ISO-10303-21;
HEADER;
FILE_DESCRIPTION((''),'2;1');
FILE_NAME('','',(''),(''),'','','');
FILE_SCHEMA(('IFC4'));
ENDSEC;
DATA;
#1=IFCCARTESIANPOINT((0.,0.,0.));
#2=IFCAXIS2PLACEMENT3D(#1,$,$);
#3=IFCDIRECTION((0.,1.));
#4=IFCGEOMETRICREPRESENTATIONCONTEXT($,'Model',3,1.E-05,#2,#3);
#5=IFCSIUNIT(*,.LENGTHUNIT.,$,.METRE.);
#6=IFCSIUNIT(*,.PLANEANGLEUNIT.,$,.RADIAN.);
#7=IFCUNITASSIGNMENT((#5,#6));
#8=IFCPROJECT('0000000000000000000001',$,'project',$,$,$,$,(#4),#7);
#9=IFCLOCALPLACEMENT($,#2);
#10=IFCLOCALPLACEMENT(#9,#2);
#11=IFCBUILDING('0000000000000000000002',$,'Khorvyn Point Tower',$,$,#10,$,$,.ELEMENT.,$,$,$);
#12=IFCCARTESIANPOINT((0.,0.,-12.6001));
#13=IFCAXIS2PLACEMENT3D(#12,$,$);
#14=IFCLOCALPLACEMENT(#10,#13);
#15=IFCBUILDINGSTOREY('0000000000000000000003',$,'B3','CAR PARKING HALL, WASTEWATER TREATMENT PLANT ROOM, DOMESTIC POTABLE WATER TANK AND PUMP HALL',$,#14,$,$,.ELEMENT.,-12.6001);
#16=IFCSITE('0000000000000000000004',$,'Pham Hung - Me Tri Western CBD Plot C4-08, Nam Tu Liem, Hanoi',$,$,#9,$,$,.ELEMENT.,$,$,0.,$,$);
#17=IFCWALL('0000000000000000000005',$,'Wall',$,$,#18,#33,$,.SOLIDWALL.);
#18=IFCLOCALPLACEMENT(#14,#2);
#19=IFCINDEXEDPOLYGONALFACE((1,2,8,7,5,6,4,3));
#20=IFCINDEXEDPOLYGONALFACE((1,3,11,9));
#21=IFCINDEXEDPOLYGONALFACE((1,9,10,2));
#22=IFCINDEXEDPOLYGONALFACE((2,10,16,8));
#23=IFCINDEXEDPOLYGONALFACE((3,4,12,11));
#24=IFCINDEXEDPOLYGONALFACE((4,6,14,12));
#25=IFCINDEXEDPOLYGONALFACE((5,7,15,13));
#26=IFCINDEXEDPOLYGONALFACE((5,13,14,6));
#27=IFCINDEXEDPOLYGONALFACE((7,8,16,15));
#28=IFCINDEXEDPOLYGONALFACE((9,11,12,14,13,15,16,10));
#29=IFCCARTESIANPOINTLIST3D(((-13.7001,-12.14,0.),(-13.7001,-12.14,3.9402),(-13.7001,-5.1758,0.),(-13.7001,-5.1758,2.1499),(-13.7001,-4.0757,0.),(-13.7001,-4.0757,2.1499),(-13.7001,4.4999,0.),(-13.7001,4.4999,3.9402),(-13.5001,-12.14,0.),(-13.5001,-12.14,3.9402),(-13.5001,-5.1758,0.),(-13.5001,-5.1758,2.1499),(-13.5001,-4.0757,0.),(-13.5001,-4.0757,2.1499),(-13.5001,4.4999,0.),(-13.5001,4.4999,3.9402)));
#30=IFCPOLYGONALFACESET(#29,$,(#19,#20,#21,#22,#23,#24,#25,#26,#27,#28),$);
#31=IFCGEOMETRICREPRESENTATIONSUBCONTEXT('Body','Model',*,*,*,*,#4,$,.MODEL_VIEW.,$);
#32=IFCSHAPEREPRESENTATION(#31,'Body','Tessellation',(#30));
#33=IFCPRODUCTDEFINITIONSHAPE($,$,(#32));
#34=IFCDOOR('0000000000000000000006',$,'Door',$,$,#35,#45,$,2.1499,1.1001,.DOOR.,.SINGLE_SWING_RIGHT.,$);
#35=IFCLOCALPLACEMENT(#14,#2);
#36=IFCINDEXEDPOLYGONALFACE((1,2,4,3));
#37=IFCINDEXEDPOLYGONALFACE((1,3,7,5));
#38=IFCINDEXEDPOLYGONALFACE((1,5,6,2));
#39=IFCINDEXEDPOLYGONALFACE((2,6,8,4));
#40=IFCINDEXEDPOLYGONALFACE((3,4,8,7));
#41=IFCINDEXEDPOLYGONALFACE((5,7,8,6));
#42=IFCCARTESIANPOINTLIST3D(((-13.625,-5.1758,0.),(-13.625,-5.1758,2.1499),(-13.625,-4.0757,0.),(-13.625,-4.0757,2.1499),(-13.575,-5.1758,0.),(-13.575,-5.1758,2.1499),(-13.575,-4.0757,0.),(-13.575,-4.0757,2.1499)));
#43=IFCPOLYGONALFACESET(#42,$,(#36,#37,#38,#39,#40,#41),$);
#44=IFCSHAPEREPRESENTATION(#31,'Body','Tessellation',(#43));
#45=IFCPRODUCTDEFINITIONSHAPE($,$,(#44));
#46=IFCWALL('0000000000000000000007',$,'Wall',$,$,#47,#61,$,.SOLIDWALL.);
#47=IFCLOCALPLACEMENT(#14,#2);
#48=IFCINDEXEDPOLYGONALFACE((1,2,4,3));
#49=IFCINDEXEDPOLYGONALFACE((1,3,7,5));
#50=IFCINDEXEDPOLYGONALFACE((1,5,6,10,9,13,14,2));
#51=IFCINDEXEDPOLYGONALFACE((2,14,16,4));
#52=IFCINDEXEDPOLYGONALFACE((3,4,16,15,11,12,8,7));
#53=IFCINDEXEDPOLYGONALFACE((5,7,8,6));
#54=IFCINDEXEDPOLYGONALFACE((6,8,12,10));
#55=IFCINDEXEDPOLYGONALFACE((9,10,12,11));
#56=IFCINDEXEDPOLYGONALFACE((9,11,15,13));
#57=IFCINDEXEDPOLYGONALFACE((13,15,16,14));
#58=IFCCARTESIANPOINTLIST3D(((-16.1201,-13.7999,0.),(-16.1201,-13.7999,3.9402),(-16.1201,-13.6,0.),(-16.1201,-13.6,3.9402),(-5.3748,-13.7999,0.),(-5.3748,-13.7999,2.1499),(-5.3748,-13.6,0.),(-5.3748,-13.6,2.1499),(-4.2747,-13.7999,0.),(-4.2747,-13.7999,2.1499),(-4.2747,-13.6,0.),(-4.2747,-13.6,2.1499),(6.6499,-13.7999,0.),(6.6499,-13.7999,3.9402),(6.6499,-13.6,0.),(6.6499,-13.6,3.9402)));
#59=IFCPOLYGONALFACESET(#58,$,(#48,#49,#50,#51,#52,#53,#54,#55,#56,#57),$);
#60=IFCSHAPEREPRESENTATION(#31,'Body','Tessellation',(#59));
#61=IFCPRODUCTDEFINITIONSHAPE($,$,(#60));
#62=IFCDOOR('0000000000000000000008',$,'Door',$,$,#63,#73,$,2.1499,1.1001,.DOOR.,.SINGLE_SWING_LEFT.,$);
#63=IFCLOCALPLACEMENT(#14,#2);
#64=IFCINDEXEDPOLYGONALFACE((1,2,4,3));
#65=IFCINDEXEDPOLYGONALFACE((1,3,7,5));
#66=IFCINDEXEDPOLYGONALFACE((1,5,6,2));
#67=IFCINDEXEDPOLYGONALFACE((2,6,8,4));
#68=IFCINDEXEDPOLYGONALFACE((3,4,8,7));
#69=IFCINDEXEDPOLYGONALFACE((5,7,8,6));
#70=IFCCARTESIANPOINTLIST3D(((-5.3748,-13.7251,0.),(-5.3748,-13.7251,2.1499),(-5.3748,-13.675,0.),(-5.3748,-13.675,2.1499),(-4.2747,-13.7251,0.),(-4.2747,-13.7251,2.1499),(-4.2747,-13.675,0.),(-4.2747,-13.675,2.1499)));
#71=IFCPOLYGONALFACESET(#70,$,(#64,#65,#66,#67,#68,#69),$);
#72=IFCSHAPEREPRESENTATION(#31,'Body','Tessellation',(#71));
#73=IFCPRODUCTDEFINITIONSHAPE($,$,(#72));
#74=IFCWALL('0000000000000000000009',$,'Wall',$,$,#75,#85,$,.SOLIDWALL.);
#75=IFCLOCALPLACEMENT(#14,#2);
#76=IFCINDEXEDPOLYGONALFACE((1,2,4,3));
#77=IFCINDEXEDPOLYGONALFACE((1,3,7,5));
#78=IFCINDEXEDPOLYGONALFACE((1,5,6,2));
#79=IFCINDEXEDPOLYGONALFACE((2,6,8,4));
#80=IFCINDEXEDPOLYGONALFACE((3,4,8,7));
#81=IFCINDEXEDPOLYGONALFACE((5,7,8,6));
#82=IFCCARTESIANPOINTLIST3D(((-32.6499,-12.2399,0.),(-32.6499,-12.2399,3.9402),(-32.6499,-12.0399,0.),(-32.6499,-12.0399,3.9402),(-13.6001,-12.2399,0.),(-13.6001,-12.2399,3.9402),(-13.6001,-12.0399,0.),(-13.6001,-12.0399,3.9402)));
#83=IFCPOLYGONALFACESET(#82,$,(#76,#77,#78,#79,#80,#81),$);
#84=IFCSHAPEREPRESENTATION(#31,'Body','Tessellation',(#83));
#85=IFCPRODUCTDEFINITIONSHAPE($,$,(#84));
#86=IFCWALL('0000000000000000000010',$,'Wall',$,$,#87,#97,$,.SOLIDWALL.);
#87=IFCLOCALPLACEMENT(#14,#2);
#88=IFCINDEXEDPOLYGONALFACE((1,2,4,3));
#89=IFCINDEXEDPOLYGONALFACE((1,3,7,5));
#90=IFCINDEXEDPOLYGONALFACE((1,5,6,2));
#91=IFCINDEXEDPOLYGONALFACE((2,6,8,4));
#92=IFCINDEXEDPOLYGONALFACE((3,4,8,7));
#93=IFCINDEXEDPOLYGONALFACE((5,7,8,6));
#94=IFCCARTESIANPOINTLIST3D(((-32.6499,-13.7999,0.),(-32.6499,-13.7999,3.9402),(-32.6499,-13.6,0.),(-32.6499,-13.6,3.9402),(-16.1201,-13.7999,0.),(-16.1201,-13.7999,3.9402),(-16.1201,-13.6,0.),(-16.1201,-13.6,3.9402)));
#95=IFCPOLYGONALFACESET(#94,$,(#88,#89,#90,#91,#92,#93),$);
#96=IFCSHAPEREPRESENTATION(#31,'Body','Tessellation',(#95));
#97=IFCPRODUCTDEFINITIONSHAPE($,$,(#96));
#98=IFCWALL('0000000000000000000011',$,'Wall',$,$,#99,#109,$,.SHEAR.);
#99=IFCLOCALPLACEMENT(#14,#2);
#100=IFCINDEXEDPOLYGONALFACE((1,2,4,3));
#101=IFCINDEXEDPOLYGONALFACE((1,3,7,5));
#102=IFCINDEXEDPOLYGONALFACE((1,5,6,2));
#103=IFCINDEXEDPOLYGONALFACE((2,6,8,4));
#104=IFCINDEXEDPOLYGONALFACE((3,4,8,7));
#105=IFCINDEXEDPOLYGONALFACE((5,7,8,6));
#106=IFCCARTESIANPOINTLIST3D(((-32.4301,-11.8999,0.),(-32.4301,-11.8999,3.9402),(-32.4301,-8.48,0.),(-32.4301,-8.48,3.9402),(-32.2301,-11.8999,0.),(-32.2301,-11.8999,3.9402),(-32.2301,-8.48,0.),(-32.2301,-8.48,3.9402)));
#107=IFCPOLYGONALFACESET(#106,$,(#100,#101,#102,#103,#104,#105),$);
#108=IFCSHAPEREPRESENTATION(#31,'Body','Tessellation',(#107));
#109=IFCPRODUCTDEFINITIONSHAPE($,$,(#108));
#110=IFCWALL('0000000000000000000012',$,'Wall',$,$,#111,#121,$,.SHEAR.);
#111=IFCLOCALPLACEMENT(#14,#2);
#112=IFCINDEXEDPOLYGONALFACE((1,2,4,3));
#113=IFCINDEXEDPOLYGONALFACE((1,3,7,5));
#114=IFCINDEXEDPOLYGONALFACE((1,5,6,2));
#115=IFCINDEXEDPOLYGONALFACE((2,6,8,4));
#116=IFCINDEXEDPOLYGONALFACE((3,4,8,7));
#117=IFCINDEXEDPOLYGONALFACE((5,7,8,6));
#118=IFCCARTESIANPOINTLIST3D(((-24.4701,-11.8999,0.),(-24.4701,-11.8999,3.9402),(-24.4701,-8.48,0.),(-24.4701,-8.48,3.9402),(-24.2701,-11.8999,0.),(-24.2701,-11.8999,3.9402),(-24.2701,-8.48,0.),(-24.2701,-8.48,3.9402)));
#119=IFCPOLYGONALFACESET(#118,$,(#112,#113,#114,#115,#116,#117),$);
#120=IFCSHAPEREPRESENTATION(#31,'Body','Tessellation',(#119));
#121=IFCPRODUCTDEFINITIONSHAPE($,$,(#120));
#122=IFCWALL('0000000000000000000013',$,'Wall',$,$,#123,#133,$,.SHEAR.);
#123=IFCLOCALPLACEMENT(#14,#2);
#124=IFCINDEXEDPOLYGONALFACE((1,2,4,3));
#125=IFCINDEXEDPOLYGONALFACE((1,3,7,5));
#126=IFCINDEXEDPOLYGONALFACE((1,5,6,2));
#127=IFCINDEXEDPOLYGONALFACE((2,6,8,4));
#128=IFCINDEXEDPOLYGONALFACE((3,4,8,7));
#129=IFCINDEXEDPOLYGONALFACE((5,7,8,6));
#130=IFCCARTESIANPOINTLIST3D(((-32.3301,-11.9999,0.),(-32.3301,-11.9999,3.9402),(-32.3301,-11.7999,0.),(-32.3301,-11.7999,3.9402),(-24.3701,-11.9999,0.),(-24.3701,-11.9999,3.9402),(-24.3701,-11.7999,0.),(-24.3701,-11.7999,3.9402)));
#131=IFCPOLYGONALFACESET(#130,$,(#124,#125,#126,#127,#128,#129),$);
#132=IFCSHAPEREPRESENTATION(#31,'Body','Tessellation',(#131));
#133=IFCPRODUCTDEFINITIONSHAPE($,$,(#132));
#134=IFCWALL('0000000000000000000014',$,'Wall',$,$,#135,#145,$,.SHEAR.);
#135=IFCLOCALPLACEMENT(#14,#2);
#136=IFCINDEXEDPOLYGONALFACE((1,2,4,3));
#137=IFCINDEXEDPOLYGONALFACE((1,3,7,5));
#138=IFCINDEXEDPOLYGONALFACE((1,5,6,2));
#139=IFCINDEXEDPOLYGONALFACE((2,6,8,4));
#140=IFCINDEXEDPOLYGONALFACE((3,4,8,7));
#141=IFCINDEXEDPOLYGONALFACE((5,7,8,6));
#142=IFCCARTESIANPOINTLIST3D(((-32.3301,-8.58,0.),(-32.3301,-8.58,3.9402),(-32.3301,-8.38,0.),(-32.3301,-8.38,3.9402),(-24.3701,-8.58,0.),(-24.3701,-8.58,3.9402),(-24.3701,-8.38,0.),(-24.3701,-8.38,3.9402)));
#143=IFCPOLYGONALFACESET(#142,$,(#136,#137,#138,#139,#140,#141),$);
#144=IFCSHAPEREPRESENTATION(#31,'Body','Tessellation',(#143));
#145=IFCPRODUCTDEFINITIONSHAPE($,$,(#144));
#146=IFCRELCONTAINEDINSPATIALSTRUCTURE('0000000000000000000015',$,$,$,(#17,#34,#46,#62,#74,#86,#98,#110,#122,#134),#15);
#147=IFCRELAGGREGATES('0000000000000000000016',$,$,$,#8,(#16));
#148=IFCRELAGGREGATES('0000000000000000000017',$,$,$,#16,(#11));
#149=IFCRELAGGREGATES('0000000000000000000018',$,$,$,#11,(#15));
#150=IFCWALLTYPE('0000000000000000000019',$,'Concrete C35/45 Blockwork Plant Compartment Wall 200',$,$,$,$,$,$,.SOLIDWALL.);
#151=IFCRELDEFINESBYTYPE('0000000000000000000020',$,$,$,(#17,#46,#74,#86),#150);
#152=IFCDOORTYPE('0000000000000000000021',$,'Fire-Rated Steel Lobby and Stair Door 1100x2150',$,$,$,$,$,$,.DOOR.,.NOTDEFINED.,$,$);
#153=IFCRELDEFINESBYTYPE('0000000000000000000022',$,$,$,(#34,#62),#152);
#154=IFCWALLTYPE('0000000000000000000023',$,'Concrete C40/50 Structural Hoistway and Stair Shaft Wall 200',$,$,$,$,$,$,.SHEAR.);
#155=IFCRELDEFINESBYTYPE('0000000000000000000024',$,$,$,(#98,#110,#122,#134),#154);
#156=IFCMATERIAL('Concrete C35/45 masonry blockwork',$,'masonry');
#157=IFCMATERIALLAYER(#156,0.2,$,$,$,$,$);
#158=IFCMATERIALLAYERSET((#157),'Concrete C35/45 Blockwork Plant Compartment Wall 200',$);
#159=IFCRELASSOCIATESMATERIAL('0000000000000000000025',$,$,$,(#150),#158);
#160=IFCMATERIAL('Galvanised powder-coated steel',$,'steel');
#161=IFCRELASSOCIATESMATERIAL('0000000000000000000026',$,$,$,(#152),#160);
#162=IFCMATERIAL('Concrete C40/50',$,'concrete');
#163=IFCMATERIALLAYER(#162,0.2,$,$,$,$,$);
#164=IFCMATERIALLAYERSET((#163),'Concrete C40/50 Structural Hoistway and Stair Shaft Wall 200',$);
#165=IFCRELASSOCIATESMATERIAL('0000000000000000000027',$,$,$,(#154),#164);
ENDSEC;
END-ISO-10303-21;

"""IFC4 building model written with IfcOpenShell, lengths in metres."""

from ifc_helpers import new_model, si_unit, direction, frame, frame_2d, origin, place, context, subcontext, project, spatial, rectangle, extrude, material, layer, layer_set, type_object, element, fill, save


model = new_model("IFC4")

# Units and contexts
model_context = context("Model", 3, precision=1e-05, world=origin(), true_north=direction((0.0, 1.0)))
body_context = subcontext(model_context, "Body", "Model", "MODEL_VIEW")
ifc_project = project(units=[si_unit("LENGTHUNIT", "METRE"), si_unit("PLANEANGLEUNIT", "RADIAN")], contexts=[model_context])

# Site, building, storey
site_placement = place(None, origin())
site = spatial("IfcSite", under=ifc_project, at=site_placement, Name="Pham Hung - Me Tri Western CBD Plot C4-08, Nam Tu Liem, Hanoi", CompositionType="ELEMENT", RefElevation=0.0)
building_placement = place(site_placement, origin())
building = spatial("IfcBuilding", under=site, at=building_placement, Name="Khorvyn Point Tower", CompositionType="ELEMENT")
storey_placement = place(building_placement, frame((0.0, 0.0, -12.6001)))
storey = spatial("IfcBuildingStorey", under=building, at=storey_placement, Name="B3", Description="CAR PARKING HALL, WASTEWATER TREATMENT PLANT ROOM, DOMESTIC POTABLE WATER TANK AND PUMP HALL", CompositionType="ELEMENT", Elevation=-12.6001)

# Shared definitions
ifc_material_1 = material(Name="Concrete C40/50", Category="concrete")

# Walls, openings, doors
ifc_material_2 = material(Name="Concrete C35/45 masonry blockwork", Category="masonry")
ifc_layer_1 = layer(ifc_material_2, 0.2)
ifc_layer_set_1 = layer_set([ifc_layer_1], Name="Concrete C35/45 Blockwork Plant Compartment Wall 200")
wall_type_1 = type_object("IfcWallType", Name="Concrete C35/45 Blockwork Plant Compartment Wall 200", PredefinedType="SOLIDWALL", material=ifc_layer_set_1)
wall_1_placement = place(storey_placement, frame((-13.6001, -12.1399, 0.0), z_axis=(0.0, 0.0, 1.0), x_axis=(0.0, 1.0, 0.0)))
wall_1 = element("IfcWall", 1, at=wall_1_placement, inside=storey, type_object=wall_type_1, Name="Wall", PredefinedType="SOLIDWALL", context=body_context, shape_type="SweptSolid", body=[
    extrude(rectangle(XDim=16.6399, YDim=0.2, at=frame_2d((8.3198, 0.0))), origin(), (0.0, 0.0, 1.0), 3.9402),
])
opening_1_placement = place(wall_1_placement, frame((6.9641, 0.0, 0.0)))
opening_1 = element("IfcOpeningElement", 2, at=opening_1_placement, cuts=wall_1, PredefinedType="OPENING", context=body_context, shape_type="SweptSolid", body=[
    extrude(rectangle(XDim=1.1001, YDim=2.1499, at=frame_2d((0.55, 1.075))), frame((0.0, 0.1099, 0.0), z_axis=(0.0, -1.0, 0.0), x_axis=(1.0, 0.0, 0.0)), (0.0, 0.0, 1.0), 0.22),
])
ifc_material_3 = material(Name="Galvanised powder-coated steel", Category="steel")
door_type = type_object("IfcDoorType", Name="Fire-Rated Steel Lobby and Stair Door 1100x2150", OperationType="NOTDEFINED", PredefinedType="DOOR", material=ifc_material_3)
door_1_placement = place(opening_1_placement, origin())
door_1 = element("IfcDoor", 3, at=door_1_placement, inside=storey, type_object=door_type, Name="Door", OperationType="SINGLE_SWING_RIGHT", OverallHeight=2.1499, OverallWidth=1.1001, PredefinedType="DOOR", context=body_context, shape_type="SweptSolid", body=[
    extrude(rectangle(XDim=1.1001, YDim=2.1499, at=frame_2d((0.55, 1.075))), frame((0.0, 0.0249, 0.0), z_axis=(0.0, -1.0, 0.0), x_axis=(1.0, 0.0, 0.0)), (0.0, 0.0, 1.0), 0.05),
])
fill(opening_1, door_1)
wall_2_placement = place(storey_placement, frame((-16.1201, -13.7, 0.0), z_axis=(0.0, 0.0, 1.0), x_axis=(1.0, 0.0, 0.0)))
wall_2 = element("IfcWall", 4, at=wall_2_placement, inside=storey, type_object=wall_type_1, Name="Wall", PredefinedType="SOLIDWALL", context=body_context, shape_type="SweptSolid", body=[
    extrude(rectangle(XDim=22.77, YDim=0.2, at=frame_2d((11.385, 0.0))), origin(), (0.0, 0.0, 1.0), 3.9402),
])
opening_2_placement = place(wall_2_placement, frame((10.7454, 0.0, 0.0)))
opening_2 = element("IfcOpeningElement", 5, at=opening_2_placement, cuts=wall_2, PredefinedType="OPENING", context=body_context, shape_type="SweptSolid", body=[
    extrude(rectangle(XDim=1.1001, YDim=2.1499, at=frame_2d((0.55, 1.075))), frame((0.0, 0.1099, 0.0), z_axis=(0.0, -1.0, 0.0), x_axis=(1.0, 0.0, 0.0)), (0.0, 0.0, 1.0), 0.22),
])
door_2_placement = place(opening_2_placement, origin())
door_2 = element("IfcDoor", 6, at=door_2_placement, inside=storey, type_object=door_type, Name="Door", OperationType="SINGLE_SWING_LEFT", OverallHeight=2.1499, OverallWidth=1.1001, PredefinedType="DOOR", context=body_context, shape_type="SweptSolid", body=[
    extrude(rectangle(XDim=1.1001, YDim=2.1499, at=frame_2d((0.55, 1.075))), frame((0.0, 0.0249, 0.0), z_axis=(0.0, -1.0, 0.0), x_axis=(1.0, 0.0, 0.0)), (0.0, 0.0, 1.0), 0.05),
])
fill(opening_2, door_2)

# Walls
wall_3_placement = place(storey_placement, frame((-32.6499, -12.1399, 0.0), z_axis=(0.0, 0.0, 1.0), x_axis=(1.0, 0.0, 0.0)))
element("IfcWall", 7, at=wall_3_placement, inside=storey, type_object=wall_type_1, Name="Wall", PredefinedType="SOLIDWALL", context=body_context, shape_type="SweptSolid", body=[
    extrude(rectangle(XDim=19.0498, YDim=0.2, at=frame_2d((9.5249, 0.0))), origin(), (0.0, 0.0, 1.0), 3.9402),
])
wall_4_placement = place(storey_placement, frame((-32.6499, -13.7, 0.0), z_axis=(0.0, 0.0, 1.0), x_axis=(1.0, 0.0, 0.0)))
element("IfcWall", 8, at=wall_4_placement, inside=storey, type_object=wall_type_1, Name="Wall", PredefinedType="SOLIDWALL", context=body_context, shape_type="SweptSolid", body=[
    extrude(rectangle(XDim=16.5298, YDim=0.2, at=frame_2d((8.2649, 0.0))), origin(), (0.0, 0.0, 1.0), 3.9402),
])
ifc_layer_2 = layer(ifc_material_1, 0.2)
ifc_layer_set_2 = layer_set([ifc_layer_2], Name="Concrete C40/50 Structural Hoistway and Stair Shaft Wall 200")
wall_type_2 = type_object("IfcWallType", Name="Concrete C40/50 Structural Hoistway and Stair Shaft Wall 200", PredefinedType="SHEAR", material=ifc_layer_set_2)
for number, where, z_axis, x_axis, name in (
    (9, (-32.3301, -11.8999, 0.0), (0.0, 0.0, 1.0), (0.0, 1.0, 0.0), "Wall"),
    (10, (-24.3701, -8.48, 0.0), (0.0, 0.0, 1.0), (0.0, -1.0, 0.0), "Wall"),
):
    element("IfcWall", number, at=place(storey_placement, frame(where, z_axis=z_axis, x_axis=x_axis)), inside=storey, type_object=wall_type_2, Name=name, PredefinedType="SHEAR", context=body_context, shape_type="SweptSolid", body=[
        extrude(rectangle(XDim=3.4199, YDim=0.2, at=frame_2d((1.71, 0.0))), origin(), (0.0, 0.0, 1.0), 3.9402),
    ])
for number, where, z_axis, x_axis, name in (
    (11, (-24.3701, -11.8999, 0.0), (0.0, 0.0, 1.0), (-1.0, 0.0, 0.0), "Wall"),
    (12, (-32.3301, -8.48, 0.0), (0.0, 0.0, 1.0), (1.0, 0.0, 0.0), "Wall"),
):
    element("IfcWall", number, at=place(storey_placement, frame(where, z_axis=z_axis, x_axis=x_axis)), inside=storey, type_object=wall_type_2, Name=name, PredefinedType="SHEAR", context=body_context, shape_type="SweptSolid", body=[
        extrude(rectangle(XDim=7.96, YDim=0.2, at=frame_2d((3.98, 0.0))), origin(), (0.0, 0.0, 1.0), 3.9402),
    ])

save(model, "model.ifc")
